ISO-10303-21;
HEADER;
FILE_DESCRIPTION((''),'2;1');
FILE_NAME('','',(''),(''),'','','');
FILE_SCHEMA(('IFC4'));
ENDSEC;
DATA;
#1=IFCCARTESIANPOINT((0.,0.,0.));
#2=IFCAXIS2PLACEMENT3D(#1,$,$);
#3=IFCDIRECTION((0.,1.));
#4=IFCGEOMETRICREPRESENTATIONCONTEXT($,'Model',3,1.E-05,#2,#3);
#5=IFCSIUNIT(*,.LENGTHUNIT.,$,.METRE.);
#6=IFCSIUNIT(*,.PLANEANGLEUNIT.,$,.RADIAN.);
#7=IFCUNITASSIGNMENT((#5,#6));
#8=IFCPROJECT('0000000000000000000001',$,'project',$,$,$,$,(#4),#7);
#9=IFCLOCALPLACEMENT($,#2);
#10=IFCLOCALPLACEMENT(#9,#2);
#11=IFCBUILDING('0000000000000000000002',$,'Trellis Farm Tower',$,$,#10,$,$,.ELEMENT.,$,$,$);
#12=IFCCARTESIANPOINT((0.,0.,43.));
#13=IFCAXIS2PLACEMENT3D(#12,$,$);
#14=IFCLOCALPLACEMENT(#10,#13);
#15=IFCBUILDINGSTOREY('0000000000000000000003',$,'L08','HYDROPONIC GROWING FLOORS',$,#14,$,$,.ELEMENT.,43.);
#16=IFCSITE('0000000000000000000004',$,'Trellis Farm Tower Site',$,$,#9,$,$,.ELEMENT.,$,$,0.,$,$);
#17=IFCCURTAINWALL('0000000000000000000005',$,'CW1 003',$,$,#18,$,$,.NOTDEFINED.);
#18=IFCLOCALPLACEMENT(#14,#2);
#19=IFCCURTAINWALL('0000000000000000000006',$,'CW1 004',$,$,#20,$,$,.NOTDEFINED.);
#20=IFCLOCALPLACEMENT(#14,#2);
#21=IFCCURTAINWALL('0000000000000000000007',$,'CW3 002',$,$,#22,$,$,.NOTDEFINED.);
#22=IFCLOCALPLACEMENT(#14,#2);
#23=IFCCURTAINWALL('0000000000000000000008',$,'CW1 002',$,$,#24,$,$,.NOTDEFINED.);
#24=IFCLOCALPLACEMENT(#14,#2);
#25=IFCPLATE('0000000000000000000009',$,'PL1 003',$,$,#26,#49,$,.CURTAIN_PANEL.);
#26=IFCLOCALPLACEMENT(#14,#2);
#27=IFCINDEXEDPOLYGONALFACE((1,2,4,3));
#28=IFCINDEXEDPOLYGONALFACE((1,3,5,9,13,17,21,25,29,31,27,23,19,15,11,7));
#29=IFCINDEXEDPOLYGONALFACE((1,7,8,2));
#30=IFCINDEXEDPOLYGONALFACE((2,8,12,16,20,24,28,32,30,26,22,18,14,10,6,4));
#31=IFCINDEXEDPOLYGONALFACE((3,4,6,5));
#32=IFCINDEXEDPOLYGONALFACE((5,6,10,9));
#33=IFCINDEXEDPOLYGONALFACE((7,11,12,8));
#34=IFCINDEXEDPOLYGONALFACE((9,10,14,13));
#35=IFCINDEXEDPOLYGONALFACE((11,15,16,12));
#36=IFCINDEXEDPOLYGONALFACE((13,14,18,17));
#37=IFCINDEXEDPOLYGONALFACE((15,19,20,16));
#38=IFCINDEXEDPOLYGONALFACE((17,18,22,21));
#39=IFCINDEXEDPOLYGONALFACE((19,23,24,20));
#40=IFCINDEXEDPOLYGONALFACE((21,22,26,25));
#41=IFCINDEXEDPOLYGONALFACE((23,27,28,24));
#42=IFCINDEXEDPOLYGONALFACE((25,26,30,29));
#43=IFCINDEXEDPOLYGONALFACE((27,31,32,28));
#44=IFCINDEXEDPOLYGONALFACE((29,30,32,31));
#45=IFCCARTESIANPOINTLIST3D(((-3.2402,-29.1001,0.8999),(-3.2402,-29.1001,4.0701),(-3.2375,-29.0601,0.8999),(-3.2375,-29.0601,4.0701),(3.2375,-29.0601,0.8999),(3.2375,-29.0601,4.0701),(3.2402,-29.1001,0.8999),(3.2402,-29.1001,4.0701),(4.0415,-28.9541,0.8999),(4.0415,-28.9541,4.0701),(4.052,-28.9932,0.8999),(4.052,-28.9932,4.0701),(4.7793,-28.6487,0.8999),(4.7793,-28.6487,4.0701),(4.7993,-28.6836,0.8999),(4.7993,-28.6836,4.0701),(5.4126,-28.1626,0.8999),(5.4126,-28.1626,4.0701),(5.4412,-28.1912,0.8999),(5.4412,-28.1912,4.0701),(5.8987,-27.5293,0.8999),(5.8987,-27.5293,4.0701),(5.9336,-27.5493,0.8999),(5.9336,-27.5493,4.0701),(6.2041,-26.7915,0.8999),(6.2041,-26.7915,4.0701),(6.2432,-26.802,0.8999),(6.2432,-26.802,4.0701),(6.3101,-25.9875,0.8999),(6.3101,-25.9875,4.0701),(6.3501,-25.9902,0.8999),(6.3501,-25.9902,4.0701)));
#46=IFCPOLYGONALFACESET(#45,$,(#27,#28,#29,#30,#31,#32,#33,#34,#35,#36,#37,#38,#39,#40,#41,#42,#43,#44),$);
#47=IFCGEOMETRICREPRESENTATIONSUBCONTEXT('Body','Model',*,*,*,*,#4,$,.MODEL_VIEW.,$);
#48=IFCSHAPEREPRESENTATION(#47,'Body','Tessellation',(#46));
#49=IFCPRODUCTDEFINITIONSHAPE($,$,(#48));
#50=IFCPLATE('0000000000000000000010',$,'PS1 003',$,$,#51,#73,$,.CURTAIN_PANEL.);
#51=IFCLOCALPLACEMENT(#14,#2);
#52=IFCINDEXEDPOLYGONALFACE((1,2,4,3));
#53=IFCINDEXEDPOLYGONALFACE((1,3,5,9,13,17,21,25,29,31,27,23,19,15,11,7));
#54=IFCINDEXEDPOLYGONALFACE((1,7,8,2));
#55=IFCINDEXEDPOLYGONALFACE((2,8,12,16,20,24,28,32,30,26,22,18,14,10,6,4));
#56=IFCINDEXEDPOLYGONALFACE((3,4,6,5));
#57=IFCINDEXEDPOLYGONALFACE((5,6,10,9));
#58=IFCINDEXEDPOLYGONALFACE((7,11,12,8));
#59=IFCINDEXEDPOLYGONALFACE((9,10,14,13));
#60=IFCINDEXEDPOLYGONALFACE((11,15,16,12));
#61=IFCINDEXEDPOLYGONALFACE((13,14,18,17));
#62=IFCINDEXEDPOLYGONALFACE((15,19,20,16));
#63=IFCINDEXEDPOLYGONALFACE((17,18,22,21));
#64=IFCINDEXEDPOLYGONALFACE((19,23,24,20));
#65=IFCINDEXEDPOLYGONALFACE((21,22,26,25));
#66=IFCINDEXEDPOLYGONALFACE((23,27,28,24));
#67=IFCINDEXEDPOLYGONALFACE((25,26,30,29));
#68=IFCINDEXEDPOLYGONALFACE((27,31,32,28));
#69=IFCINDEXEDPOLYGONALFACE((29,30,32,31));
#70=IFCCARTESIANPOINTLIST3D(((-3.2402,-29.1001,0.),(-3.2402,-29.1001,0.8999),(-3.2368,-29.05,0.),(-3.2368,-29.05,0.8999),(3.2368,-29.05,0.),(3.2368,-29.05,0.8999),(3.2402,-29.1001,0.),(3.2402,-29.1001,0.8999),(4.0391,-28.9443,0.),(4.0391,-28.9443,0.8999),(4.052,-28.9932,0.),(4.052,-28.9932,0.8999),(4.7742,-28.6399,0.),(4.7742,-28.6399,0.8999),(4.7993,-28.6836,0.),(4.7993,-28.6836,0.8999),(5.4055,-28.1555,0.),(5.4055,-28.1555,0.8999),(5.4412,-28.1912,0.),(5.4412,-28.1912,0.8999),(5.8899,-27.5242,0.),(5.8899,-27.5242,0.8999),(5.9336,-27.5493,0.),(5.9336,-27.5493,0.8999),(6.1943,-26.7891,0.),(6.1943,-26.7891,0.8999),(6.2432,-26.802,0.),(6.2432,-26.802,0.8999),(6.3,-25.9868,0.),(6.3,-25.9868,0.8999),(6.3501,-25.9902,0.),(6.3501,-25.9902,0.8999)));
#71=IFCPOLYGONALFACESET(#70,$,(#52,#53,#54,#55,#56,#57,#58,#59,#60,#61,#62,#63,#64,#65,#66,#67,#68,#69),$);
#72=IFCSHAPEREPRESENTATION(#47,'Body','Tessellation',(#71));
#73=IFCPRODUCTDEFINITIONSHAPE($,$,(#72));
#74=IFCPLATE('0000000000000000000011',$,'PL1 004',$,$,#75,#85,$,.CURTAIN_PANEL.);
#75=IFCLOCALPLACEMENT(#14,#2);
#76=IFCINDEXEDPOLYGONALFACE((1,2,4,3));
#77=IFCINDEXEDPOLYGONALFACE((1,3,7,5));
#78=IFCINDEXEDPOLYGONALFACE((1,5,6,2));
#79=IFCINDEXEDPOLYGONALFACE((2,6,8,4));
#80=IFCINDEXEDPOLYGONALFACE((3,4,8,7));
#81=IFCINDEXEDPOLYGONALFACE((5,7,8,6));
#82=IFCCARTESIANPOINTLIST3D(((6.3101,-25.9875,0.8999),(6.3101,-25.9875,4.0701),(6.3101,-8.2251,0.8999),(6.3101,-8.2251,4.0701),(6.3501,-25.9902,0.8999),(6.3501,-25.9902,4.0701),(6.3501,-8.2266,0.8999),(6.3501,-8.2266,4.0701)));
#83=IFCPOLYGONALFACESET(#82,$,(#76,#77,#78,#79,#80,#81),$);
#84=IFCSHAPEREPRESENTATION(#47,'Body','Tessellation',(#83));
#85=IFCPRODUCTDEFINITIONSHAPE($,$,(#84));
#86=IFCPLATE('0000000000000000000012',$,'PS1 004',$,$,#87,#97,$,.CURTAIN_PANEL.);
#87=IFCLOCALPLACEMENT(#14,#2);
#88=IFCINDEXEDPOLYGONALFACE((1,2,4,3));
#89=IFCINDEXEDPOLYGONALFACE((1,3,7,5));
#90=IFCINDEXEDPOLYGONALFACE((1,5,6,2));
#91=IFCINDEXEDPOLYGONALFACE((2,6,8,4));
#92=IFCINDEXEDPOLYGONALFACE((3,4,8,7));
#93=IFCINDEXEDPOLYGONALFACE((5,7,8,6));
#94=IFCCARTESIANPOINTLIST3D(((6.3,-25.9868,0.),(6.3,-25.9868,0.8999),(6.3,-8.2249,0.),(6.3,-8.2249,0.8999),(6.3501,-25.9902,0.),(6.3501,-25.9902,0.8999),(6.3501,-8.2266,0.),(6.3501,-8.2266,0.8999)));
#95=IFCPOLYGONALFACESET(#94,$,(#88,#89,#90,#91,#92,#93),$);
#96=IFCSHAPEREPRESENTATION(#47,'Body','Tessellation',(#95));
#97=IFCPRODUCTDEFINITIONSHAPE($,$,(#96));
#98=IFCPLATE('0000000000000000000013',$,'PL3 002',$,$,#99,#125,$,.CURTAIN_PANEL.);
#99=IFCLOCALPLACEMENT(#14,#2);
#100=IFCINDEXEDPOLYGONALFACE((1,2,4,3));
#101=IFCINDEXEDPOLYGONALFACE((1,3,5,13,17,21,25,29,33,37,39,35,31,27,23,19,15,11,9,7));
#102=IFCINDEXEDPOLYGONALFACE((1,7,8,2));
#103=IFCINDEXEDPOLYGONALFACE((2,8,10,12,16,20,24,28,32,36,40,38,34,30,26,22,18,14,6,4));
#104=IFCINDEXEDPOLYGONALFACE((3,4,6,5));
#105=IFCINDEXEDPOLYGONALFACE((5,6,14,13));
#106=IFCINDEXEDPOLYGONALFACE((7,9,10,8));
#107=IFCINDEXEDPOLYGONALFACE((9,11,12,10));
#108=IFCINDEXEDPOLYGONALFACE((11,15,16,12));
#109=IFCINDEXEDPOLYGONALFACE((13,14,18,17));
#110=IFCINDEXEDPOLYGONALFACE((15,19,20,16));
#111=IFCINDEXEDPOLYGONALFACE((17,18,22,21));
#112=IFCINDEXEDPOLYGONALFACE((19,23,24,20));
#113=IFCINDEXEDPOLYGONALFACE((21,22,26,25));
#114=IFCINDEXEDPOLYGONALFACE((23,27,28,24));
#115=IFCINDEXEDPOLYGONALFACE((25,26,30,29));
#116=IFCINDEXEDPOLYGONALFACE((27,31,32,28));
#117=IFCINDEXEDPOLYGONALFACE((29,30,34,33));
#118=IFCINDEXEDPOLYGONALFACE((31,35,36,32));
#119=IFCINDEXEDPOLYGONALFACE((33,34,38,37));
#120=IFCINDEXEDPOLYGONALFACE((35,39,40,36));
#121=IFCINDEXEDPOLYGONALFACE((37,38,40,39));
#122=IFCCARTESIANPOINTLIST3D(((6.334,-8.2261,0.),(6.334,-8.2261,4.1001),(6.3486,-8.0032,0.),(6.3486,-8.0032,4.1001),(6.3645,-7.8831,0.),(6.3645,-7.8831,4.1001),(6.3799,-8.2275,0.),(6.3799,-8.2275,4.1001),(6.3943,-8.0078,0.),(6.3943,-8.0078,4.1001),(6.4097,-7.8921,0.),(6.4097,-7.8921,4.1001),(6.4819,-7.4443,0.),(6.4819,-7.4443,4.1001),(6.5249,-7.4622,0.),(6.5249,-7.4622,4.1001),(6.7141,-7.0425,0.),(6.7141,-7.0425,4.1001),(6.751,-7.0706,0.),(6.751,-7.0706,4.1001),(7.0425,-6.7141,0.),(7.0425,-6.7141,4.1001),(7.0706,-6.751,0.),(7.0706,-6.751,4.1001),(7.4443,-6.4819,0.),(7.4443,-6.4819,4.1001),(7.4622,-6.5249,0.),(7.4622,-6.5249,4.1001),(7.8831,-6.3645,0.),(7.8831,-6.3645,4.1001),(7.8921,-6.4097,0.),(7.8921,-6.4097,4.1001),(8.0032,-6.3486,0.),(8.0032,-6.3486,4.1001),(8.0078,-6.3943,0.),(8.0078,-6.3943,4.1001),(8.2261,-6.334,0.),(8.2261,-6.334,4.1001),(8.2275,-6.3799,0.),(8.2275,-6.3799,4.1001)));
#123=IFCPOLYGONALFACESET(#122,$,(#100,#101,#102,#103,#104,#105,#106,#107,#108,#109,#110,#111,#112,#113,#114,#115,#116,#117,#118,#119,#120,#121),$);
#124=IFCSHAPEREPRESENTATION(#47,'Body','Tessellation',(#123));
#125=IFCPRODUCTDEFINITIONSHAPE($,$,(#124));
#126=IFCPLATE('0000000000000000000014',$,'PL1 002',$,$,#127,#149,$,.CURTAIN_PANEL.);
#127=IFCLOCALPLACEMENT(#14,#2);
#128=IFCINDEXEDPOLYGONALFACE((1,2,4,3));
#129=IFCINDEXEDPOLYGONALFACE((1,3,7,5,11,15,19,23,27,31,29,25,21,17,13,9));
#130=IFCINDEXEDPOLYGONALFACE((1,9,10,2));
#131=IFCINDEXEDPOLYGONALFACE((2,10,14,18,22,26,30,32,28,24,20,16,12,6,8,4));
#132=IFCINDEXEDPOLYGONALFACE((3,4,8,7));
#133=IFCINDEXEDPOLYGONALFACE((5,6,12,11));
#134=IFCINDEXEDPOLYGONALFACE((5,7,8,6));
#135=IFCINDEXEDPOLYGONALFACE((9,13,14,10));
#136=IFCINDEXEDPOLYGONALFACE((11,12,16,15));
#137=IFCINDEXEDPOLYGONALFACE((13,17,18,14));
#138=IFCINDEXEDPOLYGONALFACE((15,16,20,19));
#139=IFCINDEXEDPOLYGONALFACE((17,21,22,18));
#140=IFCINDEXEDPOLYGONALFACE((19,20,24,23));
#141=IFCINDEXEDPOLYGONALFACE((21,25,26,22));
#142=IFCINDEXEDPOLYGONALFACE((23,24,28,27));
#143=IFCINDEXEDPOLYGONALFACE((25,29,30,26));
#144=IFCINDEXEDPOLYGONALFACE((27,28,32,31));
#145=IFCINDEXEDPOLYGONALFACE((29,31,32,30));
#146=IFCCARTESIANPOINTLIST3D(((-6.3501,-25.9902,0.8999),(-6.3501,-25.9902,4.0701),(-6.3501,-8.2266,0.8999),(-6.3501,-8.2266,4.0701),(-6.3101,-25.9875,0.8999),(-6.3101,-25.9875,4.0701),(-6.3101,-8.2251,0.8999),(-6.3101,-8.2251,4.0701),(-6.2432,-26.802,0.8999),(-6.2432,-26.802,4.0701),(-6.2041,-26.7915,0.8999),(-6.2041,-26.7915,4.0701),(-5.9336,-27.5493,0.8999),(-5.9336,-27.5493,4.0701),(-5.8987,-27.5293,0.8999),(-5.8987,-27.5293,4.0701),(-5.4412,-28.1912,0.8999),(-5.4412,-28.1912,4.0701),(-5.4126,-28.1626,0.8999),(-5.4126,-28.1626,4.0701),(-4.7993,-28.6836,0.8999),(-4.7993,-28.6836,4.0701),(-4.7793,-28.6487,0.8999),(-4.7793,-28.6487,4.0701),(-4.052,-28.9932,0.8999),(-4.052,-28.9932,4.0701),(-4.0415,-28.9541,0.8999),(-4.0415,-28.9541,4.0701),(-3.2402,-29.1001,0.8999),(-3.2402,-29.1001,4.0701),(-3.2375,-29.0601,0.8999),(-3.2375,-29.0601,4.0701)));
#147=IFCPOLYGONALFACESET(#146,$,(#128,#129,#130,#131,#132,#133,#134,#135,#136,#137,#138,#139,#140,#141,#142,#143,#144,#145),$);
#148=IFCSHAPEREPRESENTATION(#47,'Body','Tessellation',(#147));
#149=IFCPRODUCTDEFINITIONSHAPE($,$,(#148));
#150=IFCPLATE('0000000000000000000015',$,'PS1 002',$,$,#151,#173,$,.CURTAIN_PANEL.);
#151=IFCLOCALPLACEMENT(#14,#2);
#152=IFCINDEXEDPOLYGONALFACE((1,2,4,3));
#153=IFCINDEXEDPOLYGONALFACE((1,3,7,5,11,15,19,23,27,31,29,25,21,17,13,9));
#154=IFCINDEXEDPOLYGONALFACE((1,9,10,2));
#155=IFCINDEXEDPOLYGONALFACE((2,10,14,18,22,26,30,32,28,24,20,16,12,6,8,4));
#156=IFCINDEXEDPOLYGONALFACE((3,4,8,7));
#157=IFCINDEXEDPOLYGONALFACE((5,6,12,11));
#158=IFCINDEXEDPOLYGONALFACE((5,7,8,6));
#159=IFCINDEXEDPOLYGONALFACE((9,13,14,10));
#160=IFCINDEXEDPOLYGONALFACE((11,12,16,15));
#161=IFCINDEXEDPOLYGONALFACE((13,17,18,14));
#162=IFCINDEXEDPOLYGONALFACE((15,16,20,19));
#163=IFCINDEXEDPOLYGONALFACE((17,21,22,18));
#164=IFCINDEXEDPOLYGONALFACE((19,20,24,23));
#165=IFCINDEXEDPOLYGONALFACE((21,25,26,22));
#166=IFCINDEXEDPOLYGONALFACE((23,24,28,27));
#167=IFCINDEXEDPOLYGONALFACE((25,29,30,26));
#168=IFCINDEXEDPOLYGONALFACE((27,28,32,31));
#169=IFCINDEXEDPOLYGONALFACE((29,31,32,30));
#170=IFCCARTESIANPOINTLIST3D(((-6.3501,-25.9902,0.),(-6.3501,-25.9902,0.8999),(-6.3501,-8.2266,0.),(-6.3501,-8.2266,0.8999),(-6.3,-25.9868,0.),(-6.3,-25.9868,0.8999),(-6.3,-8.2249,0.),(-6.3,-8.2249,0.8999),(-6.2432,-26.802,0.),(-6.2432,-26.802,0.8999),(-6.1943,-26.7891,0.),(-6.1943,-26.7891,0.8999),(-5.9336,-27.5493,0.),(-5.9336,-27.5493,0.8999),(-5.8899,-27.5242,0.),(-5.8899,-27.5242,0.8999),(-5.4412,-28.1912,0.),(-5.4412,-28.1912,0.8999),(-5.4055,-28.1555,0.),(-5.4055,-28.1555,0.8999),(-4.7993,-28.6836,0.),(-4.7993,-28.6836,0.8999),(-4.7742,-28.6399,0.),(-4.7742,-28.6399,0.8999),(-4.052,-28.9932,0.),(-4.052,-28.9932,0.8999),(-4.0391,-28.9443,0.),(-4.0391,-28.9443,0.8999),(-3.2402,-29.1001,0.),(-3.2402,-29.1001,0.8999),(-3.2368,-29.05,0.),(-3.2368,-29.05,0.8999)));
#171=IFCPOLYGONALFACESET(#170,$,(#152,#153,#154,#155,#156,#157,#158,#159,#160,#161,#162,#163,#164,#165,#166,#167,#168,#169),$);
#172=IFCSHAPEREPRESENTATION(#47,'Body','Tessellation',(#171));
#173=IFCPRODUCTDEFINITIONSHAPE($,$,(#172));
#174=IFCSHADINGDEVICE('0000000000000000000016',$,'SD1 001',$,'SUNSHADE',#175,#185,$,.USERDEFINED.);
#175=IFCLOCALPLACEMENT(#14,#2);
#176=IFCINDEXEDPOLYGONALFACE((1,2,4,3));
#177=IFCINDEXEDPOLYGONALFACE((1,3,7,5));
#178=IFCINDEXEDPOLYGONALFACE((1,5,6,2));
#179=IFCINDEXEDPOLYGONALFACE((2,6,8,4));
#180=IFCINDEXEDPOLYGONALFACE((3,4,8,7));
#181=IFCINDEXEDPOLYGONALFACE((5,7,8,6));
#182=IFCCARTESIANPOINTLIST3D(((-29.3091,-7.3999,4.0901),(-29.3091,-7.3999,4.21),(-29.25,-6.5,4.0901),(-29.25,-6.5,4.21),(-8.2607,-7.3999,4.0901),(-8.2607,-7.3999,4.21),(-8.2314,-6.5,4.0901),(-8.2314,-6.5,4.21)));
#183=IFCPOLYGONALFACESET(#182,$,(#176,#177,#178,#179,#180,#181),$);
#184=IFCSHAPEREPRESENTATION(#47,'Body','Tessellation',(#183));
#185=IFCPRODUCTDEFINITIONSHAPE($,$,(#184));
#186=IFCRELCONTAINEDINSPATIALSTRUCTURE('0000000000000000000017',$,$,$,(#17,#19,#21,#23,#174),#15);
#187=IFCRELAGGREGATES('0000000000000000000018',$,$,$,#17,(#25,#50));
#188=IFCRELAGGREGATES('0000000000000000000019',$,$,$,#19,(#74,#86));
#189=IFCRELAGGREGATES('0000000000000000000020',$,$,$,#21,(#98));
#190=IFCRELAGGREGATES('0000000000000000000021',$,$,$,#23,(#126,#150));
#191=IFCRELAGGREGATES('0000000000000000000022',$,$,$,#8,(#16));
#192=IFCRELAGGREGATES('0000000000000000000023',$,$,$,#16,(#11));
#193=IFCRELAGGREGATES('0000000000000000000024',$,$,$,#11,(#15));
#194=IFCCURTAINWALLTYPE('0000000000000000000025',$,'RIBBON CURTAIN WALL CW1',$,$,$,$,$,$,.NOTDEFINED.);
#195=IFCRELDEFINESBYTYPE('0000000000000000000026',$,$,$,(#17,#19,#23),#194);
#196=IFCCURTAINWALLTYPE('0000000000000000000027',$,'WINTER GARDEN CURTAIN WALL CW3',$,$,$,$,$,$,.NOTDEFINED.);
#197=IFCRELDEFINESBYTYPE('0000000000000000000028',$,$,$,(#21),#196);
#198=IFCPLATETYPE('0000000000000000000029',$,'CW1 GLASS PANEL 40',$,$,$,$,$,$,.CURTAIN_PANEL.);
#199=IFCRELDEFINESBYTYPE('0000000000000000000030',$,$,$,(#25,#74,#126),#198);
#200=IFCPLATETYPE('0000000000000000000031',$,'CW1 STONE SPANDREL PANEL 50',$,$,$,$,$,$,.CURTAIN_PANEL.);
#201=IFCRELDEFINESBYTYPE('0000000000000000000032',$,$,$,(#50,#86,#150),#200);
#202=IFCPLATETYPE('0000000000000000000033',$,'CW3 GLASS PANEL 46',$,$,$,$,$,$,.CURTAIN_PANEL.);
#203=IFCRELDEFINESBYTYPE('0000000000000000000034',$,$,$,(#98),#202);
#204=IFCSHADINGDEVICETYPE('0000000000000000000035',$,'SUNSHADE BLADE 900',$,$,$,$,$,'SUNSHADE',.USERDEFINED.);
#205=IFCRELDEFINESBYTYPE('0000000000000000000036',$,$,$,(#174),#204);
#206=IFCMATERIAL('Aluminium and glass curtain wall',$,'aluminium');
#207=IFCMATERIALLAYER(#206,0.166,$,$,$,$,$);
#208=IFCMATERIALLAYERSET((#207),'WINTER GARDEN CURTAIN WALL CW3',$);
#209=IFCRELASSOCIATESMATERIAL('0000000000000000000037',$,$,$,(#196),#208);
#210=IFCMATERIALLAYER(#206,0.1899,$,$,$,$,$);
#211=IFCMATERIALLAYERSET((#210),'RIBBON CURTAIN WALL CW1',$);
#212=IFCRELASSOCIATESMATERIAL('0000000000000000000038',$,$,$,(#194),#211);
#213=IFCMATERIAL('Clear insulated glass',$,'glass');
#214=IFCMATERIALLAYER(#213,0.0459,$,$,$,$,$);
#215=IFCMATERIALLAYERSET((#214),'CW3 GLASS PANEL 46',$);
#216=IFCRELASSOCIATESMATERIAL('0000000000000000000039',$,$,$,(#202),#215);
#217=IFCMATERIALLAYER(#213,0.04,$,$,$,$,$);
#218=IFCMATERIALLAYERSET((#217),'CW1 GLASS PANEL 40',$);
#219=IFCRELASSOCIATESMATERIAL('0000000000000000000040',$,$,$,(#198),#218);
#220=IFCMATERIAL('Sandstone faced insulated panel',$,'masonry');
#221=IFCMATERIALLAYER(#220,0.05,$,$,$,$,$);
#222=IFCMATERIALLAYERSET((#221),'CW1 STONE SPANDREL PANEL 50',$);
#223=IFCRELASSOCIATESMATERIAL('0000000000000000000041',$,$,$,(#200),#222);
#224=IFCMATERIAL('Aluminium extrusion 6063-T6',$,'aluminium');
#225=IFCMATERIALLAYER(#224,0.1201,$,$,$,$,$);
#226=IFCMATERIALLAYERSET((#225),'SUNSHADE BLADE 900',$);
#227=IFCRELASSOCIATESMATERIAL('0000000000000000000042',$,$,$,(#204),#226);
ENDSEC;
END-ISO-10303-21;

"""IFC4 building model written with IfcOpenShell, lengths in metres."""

from ifc_helpers import new_model, si_unit, direction, frame, origin, place, context, subcontext, project, spatial, polyline, outline, extrude, source, transform, mapped, material, layer, layer_set, type_object, element, aggregate, save


model = new_model("IFC4")

# Units and contexts
model_context = context("Model", 3, precision=1e-05, world=origin(), true_north=direction((0.0, 1.0)))
body_context = subcontext(model_context, "Body", "Model", "MODEL_VIEW")
ifc_project = project(units=[si_unit("LENGTHUNIT", "METRE"), si_unit("PLANEANGLEUNIT", "RADIAN")], contexts=[model_context])

# Site, building, storey
site_placement = place(None, origin())
site = spatial("IfcSite", under=ifc_project, at=site_placement, Name="Trellis Farm Tower Site", CompositionType="ELEMENT", RefElevation=0.0)
building_placement = place(site_placement, origin())
building = spatial("IfcBuilding", under=site, at=building_placement, Name="Trellis Farm Tower", CompositionType="ELEMENT")
storey_placement = place(building_placement, frame((0.0, 0.0, 43.0)))
storey = spatial("IfcBuildingStorey", under=building, at=storey_placement, Name="L08", Description="HYDROPONIC GROWING FLOORS", CompositionType="ELEMENT", Elevation=43.0)

# Curtain walls
ifc_material_1 = material(Name="Aluminium and glass curtain wall", Category="aluminium")
ifc_layer_1 = layer(ifc_material_1, 0.166)
ifc_layer_set_1 = layer_set([ifc_layer_1], Name="WINTER GARDEN CURTAIN WALL CW3")
curtain_wall_type_1 = type_object("IfcCurtainWallType", Name="WINTER GARDEN CURTAIN WALL CW3", PredefinedType="NOTDEFINED", material=ifc_layer_set_1)
placement_1 = place(storey_placement, origin())
ifc_material_2 = material(Name="Aluminium extrusion 6063-T6", Category="aluminium")
ifc_layer_2 = layer(ifc_material_1, 0.1899)
ifc_layer_set_2 = layer_set([ifc_layer_2], Name="RIBBON CURTAIN WALL CW1")
curtain_wall_type_2 = type_object("IfcCurtainWallType", Name="RIBBON CURTAIN WALL CW1", PredefinedType="NOTDEFINED", material=ifc_layer_set_2)
curtain_wall_1 = element("IfcCurtainWall", 1, at=placement_1, inside=storey, type_object=curtain_wall_type_2, Name="CW1 003", PredefinedType="NOTDEFINED")
curtain_wall_2 = element("IfcCurtainWall", 2, at=placement_1, inside=storey, type_object=curtain_wall_type_2, Name="CW1 004", PredefinedType="NOTDEFINED")
curtain_wall_3 = element("IfcCurtainWall", 3, at=placement_1, inside=storey, type_object=curtain_wall_type_1, Name="CW3 002", PredefinedType="NOTDEFINED")
curtain_wall_4 = element("IfcCurtainWall", 4, at=placement_1, inside=storey, type_object=curtain_wall_type_2, Name="CW1 002", PredefinedType="NOTDEFINED")

# Plates
ifc_material_3 = material(Name="Clear insulated glass", Category="glass")
ifc_layer_3 = layer(ifc_material_3, 0.0459)
ifc_layer_set_3 = layer_set([ifc_layer_3], Name="CW3 GLASS PANEL 46")
plate_type_1 = type_object("IfcPlateType", Name="CW3 GLASS PANEL 46", PredefinedType="CURTAIN_PANEL", material=ifc_layer_set_3)
ifc_layer_4 = layer(ifc_material_3, 0.04)
ifc_layer_set_4 = layer_set([ifc_layer_4], Name="CW1 GLASS PANEL 40")
plate_type_2 = type_object("IfcPlateType", Name="CW1 GLASS PANEL 40", PredefinedType="CURTAIN_PANEL", material=ifc_layer_set_4)
shared_shape_1 = source(origin(), body_context, "Body", "SweptSolid", [
    extrude(outline(polyline([(-3.2402, -29.1001), (3.2402, -29.1001), (4.052, -28.9932), (4.7993, -28.6836), (5.4412, -28.1912), (5.9336, -27.5493), (6.2432, -26.802), (6.3501, -25.9902), (6.3101, -25.9875), (6.2041, -26.7915), (5.8987, -27.5293), (5.4126, -28.1626), (4.7793, -28.6487), (4.0415, -28.9541), (3.2375, -29.0601), (-3.2375, -29.0601), (-3.2402, -29.1001)])), origin(), (0.0, 0.0, 1.0), 3.1702),
])
placement_2 = place(storey_placement, frame((0.0, 0.0, 0.8999)))
plate_1 = element("IfcPlate", 5, at=placement_2, type_object=plate_type_2, Name="PL1 003", PredefinedType="CURTAIN_PANEL", context=body_context, shape_type="MappedRepresentation", body=[
    mapped(shared_shape_1, transform((0.0, 0.0, 0.0))),
])
ifc_material_4 = material(Name="Sandstone faced insulated panel", Category="masonry")
ifc_layer_5 = layer(ifc_material_4, 0.05)
ifc_layer_set_5 = layer_set([ifc_layer_5], Name="CW1 STONE SPANDREL PANEL 50")
plate_type_3 = type_object("IfcPlateType", Name="CW1 STONE SPANDREL PANEL 50", PredefinedType="CURTAIN_PANEL", material=ifc_layer_set_5)
shared_shape_2 = source(origin(), body_context, "Body", "SweptSolid", [
    extrude(outline(polyline([(-3.2402, -29.1001), (3.2402, -29.1001), (4.052, -28.9932), (4.7993, -28.6836), (5.4412, -28.1912), (5.9336, -27.5493), (6.2432, -26.802), (6.3501, -25.9902), (6.3, -25.9868), (6.1943, -26.7891), (5.8899, -27.5242), (5.4055, -28.1555), (4.7742, -28.6399), (4.0391, -28.9443), (3.2368, -29.05), (-3.2368, -29.05), (-3.2402, -29.1001)])), origin(), (0.0, 0.0, 1.0), 0.8999),
])
plate_2 = element("IfcPlate", 6, at=placement_1, type_object=plate_type_3, Name="PS1 003", PredefinedType="CURTAIN_PANEL", context=body_context, shape_type="MappedRepresentation", body=[
    mapped(shared_shape_2, transform((0.0, 0.0, 0.0))),
])
aggregate(curtain_wall_1, [plate_1, plate_2])
shared_shape_3 = source(origin(), body_context, "Body", "SweptSolid", [
    extrude(outline(polyline([(6.3501, -25.9902), (6.3501, -8.2266), (6.3101, -8.2251), (6.3101, -25.9875), (6.3501, -25.9902)])), origin(), (0.0, 0.0, 1.0), 3.1702),
])
plate_3 = element("IfcPlate", 7, at=placement_2, type_object=plate_type_2, Name="PL1 004", PredefinedType="CURTAIN_PANEL", context=body_context, shape_type="MappedRepresentation", body=[
    mapped(shared_shape_3, transform((0.0, 0.0, 0.0))),
])
shared_shape_4 = source(origin(), body_context, "Body", "SweptSolid", [
    extrude(outline(polyline([(6.3501, -25.9902), (6.3501, -8.2266), (6.3, -8.2249), (6.3, -25.9868), (6.3501, -25.9902)])), origin(), (0.0, 0.0, 1.0), 0.8999),
])
plate_4 = element("IfcPlate", 8, at=placement_1, type_object=plate_type_3, Name="PS1 004", PredefinedType="CURTAIN_PANEL", context=body_context, shape_type="MappedRepresentation", body=[
    mapped(shared_shape_4, transform((0.0, 0.0, 0.0))),
])
aggregate(curtain_wall_2, [plate_3, plate_4])
shared_shape_5 = source(origin(), body_context, "Body", "SweptSolid", [
    extrude(outline(polyline([(6.3799, -8.2275), (6.3943, -8.0078), (6.4097, -7.8921), (6.5249, -7.4622), (6.751, -7.0706), (7.0706, -6.751), (7.4622, -6.5249), (7.8921, -6.4097), (8.0078, -6.3943), (8.2275, -6.3799), (8.2261, -6.334), (8.0032, -6.3486), (7.8831, -6.3645), (7.4443, -6.4819), (7.0425, -6.7141), (6.7141, -7.0425), (6.4819, -7.4443), (6.3645, -7.8831), (6.3486, -8.0032), (6.334, -8.2261), (6.3799, -8.2275)])), origin(), (0.0, 0.0, 1.0), 4.1001),
])
plate_5 = element("IfcPlate", 9, at=placement_1, type_object=plate_type_1, Name="PL3 002", PredefinedType="CURTAIN_PANEL", context=body_context, shape_type="MappedRepresentation", body=[
    mapped(shared_shape_5, transform((0.0, 0.0, 0.0))),
])
aggregate(curtain_wall_3, [plate_5])
shared_shape_6 = source(origin(), body_context, "Body", "SweptSolid", [
    extrude(outline(polyline([(-6.3501, -8.2266), (-6.3501, -25.9902), (-6.2432, -26.802), (-5.9336, -27.5493), (-5.4412, -28.1912), (-4.7993, -28.6836), (-4.052, -28.9932), (-3.2402, -29.1001), (-3.2375, -29.0601), (-4.0415, -28.9541), (-4.7793, -28.6487), (-5.4126, -28.1626), (-5.8987, -27.5293), (-6.2041, -26.7915), (-6.3101, -25.9875), (-6.3101, -8.2251), (-6.3501, -8.2266)])), origin(), (0.0, 0.0, 1.0), 3.1702),
])
plate_6 = element("IfcPlate", 10, at=placement_2, type_object=plate_type_2, Name="PL1 002", PredefinedType="CURTAIN_PANEL", context=body_context, shape_type="MappedRepresentation", body=[
    mapped(shared_shape_6, transform((0.0, 0.0, 0.0))),
])
shared_shape_7 = source(origin(), body_context, "Body", "SweptSolid", [
    extrude(outline(polyline([(-6.3501, -8.2266), (-6.3501, -25.9902), (-6.2432, -26.802), (-5.9336, -27.5493), (-5.4412, -28.1912), (-4.7993, -28.6836), (-4.052, -28.9932), (-3.2402, -29.1001), (-3.2368, -29.05), (-4.0391, -28.9443), (-4.7742, -28.6399), (-5.4055, -28.1555), (-5.8899, -27.5242), (-6.1943, -26.7891), (-6.3, -25.9868), (-6.3, -8.2249), (-6.3501, -8.2266)])), origin(), (0.0, 0.0, 1.0), 0.8999),
])
plate_7 = element("IfcPlate", 11, at=placement_1, type_object=plate_type_3, Name="PS1 002", PredefinedType="CURTAIN_PANEL", context=body_context, shape_type="MappedRepresentation", body=[
    mapped(shared_shape_7, transform((0.0, 0.0, 0.0))),
])
aggregate(curtain_wall_4, [plate_6, plate_7])

# Shading device
ifc_layer_6 = layer(ifc_material_2, 0.1201)
ifc_layer_set_6 = layer_set([ifc_layer_6], Name="SUNSHADE BLADE 900")
shading_device_type_1 = type_object("IfcShadingDeviceType", Name="SUNSHADE BLADE 900", ElementType="SUNSHADE", PredefinedType="USERDEFINED", material=ifc_layer_set_6)
shared_shape_8 = source(origin(), body_context, "Body", "SweptSolid", [
    extrude(outline(polyline([(-29.3091, -7.3999), (-8.2607, -7.3999), (-8.2314, -6.5), (-29.25, -6.5), (-29.3091, -7.3999)])), origin(), (0.0, 0.0, 1.0), 0.1199),
])
placement_3 = place(storey_placement, frame((0.0, 0.0, 4.0901)))
element("IfcShadingDevice", 12, at=placement_3, inside=storey, type_object=shading_device_type_1, Name="SD1 001", ObjectType="SUNSHADE", PredefinedType="USERDEFINED", context=body_context, shape_type="MappedRepresentation", body=[
    mapped(shared_shape_8, transform((0.0, 0.0, 0.0))),
])

save(model, "model.ifc")
